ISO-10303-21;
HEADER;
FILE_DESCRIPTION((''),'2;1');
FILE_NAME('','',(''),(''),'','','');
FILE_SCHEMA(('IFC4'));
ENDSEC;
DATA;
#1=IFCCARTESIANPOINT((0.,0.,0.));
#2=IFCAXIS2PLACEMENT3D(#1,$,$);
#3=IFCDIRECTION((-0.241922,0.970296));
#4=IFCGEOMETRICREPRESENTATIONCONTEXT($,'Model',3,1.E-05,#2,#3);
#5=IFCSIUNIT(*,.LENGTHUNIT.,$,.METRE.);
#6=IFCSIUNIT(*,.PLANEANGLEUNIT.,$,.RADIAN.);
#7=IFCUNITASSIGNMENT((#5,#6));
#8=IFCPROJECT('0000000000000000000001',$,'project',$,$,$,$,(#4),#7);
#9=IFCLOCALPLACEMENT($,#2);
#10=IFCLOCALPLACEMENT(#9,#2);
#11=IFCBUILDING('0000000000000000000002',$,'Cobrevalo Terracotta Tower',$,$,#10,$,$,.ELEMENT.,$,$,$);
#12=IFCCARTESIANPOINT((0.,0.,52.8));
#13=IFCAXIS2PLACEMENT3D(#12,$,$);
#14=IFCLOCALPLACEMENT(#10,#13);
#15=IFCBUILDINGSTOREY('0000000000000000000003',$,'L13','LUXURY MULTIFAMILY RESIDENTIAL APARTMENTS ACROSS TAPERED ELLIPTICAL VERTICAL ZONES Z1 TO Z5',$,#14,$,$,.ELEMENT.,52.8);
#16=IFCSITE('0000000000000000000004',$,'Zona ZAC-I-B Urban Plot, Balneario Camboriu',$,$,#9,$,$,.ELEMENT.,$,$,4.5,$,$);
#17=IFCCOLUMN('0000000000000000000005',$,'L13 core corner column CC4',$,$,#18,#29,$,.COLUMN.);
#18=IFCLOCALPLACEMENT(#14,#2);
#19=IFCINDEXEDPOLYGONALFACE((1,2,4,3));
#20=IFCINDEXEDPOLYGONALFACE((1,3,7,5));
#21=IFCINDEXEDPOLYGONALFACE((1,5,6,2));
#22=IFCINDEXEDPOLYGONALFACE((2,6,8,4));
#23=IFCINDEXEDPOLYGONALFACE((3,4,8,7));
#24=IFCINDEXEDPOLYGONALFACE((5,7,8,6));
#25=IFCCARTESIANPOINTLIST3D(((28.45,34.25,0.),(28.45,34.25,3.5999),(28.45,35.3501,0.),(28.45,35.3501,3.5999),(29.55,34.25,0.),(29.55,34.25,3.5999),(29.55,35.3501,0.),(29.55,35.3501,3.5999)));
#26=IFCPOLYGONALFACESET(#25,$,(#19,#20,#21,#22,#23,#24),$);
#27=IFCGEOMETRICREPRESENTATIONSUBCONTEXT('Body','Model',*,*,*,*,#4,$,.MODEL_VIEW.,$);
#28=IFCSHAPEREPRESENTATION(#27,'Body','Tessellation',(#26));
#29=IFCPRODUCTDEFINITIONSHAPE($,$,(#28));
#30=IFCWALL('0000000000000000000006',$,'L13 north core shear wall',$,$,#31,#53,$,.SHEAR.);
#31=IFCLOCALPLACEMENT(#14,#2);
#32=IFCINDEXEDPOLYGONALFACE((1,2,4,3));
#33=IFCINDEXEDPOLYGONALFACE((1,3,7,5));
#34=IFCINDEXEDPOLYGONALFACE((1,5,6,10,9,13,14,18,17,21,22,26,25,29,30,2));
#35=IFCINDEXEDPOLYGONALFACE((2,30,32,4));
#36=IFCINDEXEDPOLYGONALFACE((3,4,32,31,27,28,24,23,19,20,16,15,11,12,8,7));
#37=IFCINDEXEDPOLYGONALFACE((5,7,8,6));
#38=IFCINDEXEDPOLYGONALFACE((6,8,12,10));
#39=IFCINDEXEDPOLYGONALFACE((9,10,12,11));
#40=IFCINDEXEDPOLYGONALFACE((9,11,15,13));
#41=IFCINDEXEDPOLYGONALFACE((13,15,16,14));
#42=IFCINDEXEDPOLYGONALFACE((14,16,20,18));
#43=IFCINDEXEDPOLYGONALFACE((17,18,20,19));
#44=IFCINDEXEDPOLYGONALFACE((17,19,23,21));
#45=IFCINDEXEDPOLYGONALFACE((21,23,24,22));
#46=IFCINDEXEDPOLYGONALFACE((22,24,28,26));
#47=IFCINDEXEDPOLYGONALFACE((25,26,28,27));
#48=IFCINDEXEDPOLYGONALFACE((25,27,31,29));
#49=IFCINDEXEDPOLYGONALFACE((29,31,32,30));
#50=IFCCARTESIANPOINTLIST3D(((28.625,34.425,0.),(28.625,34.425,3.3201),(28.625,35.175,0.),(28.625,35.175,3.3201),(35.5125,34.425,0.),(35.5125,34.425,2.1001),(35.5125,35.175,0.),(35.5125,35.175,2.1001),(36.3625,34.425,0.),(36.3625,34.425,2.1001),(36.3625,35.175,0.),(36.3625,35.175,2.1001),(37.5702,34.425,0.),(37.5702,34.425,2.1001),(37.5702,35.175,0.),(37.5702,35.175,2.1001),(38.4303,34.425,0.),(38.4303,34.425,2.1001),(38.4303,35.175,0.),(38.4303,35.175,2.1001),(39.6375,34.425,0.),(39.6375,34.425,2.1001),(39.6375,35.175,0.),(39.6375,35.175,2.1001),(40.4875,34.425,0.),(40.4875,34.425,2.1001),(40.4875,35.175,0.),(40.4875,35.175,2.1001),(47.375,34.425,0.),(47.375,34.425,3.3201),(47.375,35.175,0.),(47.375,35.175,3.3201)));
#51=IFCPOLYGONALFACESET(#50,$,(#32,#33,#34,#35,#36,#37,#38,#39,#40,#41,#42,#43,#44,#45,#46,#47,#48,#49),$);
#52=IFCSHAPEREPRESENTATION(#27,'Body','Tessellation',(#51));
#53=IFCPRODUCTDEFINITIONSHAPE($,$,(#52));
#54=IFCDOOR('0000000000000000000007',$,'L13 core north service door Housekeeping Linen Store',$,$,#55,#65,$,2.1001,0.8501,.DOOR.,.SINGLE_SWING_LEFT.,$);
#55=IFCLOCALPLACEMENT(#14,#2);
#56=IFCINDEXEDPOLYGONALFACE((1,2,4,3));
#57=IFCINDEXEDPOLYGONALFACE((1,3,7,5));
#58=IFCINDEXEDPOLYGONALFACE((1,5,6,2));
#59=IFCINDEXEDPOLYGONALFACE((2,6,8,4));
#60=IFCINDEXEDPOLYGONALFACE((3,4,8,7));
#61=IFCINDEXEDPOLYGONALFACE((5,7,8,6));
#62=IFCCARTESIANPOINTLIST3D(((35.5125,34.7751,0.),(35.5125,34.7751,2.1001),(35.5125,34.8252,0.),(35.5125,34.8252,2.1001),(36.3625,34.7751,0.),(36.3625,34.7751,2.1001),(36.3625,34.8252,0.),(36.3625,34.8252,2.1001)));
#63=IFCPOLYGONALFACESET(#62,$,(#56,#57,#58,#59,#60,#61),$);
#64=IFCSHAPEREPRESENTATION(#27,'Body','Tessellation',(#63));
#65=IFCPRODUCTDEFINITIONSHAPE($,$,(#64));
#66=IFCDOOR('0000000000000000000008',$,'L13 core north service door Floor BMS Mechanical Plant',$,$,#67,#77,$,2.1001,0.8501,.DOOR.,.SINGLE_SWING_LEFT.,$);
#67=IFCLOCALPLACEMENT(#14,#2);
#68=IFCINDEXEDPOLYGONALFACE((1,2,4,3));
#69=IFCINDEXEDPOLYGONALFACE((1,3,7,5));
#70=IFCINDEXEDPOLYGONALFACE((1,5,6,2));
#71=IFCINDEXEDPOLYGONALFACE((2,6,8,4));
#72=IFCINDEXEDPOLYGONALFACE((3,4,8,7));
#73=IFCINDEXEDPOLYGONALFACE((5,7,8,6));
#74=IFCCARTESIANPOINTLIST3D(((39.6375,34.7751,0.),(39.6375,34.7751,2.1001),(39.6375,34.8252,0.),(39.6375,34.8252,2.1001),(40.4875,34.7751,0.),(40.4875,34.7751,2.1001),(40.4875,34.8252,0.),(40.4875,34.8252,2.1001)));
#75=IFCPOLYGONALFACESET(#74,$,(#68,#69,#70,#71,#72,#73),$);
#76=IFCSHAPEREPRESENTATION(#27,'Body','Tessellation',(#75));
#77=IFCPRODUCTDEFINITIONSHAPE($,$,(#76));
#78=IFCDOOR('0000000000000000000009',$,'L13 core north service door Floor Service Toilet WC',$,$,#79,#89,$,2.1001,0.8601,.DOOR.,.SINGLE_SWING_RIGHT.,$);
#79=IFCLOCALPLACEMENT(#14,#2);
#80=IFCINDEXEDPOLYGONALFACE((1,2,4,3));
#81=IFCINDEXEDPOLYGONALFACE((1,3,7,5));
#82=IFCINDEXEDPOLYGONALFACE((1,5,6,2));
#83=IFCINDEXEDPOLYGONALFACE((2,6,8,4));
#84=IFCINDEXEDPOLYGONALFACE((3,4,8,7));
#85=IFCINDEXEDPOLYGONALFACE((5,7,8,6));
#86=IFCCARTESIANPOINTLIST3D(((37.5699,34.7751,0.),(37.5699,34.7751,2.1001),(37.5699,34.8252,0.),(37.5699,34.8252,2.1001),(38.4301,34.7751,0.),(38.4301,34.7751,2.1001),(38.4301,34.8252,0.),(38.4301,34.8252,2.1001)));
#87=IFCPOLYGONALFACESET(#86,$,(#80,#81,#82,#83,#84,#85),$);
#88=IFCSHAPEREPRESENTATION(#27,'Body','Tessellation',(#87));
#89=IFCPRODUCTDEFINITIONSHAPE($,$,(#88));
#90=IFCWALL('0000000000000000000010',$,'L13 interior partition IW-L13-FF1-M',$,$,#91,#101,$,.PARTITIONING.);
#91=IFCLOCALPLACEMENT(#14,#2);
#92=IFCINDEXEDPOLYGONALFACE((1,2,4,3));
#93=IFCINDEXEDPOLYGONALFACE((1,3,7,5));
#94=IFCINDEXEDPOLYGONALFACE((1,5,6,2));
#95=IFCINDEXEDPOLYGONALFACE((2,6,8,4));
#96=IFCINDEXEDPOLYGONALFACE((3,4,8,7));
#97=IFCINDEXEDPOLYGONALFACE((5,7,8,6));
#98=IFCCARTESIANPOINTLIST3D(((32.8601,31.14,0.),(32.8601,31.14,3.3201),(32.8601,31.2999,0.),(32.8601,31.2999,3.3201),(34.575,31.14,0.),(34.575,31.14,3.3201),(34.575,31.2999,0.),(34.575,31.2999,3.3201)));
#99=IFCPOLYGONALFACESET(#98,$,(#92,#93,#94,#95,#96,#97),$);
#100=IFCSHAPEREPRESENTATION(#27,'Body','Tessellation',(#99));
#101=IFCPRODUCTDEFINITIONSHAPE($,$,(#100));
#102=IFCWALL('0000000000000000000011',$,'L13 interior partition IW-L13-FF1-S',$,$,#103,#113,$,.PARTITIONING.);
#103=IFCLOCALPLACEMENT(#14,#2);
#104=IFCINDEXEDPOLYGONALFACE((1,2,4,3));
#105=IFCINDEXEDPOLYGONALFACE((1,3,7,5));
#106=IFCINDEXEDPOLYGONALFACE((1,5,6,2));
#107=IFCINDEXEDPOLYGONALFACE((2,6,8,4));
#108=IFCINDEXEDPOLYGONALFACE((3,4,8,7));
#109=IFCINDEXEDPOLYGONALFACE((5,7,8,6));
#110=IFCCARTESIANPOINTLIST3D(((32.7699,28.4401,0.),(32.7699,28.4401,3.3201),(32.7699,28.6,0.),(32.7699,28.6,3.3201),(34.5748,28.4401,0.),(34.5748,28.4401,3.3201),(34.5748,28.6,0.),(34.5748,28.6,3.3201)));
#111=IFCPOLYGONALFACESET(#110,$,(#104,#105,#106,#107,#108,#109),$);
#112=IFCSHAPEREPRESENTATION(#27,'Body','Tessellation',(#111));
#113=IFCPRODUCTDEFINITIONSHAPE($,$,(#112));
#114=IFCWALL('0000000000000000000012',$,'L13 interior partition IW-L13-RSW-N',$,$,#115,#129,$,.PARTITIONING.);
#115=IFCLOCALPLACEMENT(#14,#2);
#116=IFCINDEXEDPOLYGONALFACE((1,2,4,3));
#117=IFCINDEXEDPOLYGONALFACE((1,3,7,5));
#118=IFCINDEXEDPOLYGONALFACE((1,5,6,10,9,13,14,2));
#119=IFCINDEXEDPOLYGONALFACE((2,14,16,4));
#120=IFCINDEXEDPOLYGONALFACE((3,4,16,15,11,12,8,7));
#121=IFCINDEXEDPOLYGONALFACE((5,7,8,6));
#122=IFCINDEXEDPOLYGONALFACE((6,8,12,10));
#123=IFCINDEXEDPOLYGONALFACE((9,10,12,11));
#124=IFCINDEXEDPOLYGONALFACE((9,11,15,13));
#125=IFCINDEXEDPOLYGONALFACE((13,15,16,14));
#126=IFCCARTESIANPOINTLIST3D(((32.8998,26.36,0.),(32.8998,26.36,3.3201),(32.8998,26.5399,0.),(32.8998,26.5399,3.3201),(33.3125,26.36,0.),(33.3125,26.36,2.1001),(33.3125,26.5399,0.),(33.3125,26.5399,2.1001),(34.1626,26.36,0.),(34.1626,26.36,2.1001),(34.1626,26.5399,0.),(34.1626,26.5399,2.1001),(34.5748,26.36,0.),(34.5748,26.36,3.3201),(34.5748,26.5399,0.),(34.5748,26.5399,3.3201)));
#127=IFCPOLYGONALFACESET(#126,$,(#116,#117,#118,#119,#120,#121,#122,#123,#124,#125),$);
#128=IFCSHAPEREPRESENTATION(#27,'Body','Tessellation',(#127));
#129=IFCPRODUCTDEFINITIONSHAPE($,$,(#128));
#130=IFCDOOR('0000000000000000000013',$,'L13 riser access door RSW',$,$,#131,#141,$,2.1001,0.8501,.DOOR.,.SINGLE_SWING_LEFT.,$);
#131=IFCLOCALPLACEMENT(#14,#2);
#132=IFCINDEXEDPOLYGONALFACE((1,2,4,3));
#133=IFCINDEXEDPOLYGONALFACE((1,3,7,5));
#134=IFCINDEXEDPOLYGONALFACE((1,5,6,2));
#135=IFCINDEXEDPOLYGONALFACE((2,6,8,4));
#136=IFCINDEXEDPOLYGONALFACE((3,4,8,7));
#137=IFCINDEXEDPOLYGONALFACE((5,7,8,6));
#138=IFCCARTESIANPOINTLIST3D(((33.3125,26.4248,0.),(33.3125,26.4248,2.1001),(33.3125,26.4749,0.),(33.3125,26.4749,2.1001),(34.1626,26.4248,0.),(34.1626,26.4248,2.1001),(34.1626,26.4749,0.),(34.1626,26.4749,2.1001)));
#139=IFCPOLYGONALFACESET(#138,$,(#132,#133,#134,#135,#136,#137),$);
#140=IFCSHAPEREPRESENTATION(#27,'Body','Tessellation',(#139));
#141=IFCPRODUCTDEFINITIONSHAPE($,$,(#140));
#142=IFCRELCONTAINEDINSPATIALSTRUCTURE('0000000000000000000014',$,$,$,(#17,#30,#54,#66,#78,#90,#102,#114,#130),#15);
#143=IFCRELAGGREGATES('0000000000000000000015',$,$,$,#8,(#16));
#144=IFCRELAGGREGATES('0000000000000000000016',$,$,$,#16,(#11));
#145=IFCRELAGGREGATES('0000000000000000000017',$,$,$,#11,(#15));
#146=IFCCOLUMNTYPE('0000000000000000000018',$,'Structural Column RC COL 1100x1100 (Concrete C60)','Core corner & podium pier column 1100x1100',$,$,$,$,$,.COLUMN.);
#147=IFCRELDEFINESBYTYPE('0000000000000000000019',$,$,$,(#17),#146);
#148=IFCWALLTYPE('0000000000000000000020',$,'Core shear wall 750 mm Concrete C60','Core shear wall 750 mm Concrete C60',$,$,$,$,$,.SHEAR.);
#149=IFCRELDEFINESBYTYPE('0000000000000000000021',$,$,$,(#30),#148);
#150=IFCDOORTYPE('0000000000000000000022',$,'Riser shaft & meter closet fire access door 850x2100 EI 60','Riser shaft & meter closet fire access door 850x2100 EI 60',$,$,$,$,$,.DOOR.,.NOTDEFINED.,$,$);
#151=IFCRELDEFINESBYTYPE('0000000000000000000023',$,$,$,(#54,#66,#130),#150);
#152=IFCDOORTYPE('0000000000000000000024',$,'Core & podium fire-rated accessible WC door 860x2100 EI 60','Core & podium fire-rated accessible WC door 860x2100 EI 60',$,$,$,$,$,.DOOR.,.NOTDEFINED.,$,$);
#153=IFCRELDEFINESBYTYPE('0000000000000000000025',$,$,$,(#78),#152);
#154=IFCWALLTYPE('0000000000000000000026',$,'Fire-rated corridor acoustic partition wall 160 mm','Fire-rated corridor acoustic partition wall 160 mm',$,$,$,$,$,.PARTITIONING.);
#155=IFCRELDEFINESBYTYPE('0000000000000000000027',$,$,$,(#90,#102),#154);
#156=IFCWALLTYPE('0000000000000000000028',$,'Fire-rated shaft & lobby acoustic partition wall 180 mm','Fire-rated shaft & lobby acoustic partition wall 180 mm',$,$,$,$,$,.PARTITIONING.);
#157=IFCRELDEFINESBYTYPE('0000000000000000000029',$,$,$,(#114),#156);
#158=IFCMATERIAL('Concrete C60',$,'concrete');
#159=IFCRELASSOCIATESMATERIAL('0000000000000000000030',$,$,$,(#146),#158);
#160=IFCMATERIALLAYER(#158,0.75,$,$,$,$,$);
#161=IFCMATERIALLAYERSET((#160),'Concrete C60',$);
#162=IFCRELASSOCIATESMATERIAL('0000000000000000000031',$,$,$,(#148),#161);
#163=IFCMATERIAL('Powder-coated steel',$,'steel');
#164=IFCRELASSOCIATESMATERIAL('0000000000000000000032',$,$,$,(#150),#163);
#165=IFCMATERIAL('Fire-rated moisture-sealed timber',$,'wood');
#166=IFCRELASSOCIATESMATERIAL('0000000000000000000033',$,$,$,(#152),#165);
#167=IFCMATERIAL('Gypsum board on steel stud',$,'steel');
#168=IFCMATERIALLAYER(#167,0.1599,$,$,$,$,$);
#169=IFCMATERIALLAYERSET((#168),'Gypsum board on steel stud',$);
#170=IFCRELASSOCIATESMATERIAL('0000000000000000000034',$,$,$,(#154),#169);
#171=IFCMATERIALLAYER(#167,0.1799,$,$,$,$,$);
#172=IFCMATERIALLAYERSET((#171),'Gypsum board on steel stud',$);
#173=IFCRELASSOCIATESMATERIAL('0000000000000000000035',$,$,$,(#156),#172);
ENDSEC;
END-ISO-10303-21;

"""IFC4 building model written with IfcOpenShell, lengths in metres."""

from ifc_helpers import new_model, si_unit, direction, frame, frame_2d, origin, origin_2d, place, context, subcontext, project, spatial, rectangle, extrude, source, transform, mapped, material, layer, layer_set, material_profile, profile_set, type_object, element, fill, save


model = new_model("IFC4")

# Units and contexts
model_context = context("Model", 3, precision=1e-05, world=origin(), true_north=direction((-0.241922, 0.970296)))
body_context = subcontext(model_context, "Body", "Model", "MODEL_VIEW")
ifc_project = project(units=[si_unit("LENGTHUNIT", "METRE"), si_unit("PLANEANGLEUNIT", "RADIAN")], contexts=[model_context])

# Site, building, storey
site_placement = place(None, origin())
site = spatial("IfcSite", under=ifc_project, at=site_placement, Name="Zona ZAC-I-B Urban Plot, Balneario Camboriu", CompositionType="ELEMENT", RefElevation=4.5)
building_placement = place(site_placement, origin())
building = spatial("IfcBuilding", under=site, at=building_placement, Name="Cobrevalo Terracotta Tower", CompositionType="ELEMENT")
storey_placement = place(building_placement, frame((0.0, 0.0, 52.8)))
storey = spatial("IfcBuildingStorey", under=building, at=storey_placement, Name="L13", Description="LUXURY MULTIFAMILY RESIDENTIAL APARTMENTS ACROSS TAPERED ELLIPTICAL VERTICAL ZONES Z1 TO Z5", CompositionType="ELEMENT", Elevation=52.8)

# Column
ifc_material_1 = material(Name="Concrete C60", Category="concrete")
ifc_material_profile = material_profile(ifc_material_1, rectangle(XDim=1.1001, YDim=1.1001, at=origin_2d()), Name="RC COL 1100x1100")
ifc_profile_set = profile_set([ifc_material_profile], Name="Concrete C60")
column_type = type_object("IfcColumnType", Name="Structural Column RC COL 1100x1100 (Concrete C60)", Description="Core corner & podium pier column 1100x1100", PredefinedType="COLUMN", material=ifc_profile_set)
column_placement = place(storey_placement, frame((29.0, 34.8, 0.0), z_axis=(0.0, 0.0, 1.0), x_axis=(1.0, 0.0, 0.0)))
element("IfcColumn", 1, at=column_placement, inside=storey, type_object=column_type, Name="L13 core corner column CC4", PredefinedType="COLUMN", context=body_context, shape_type="SweptSolid", body=[
    extrude(rectangle(XDim=1.1001, YDim=1.1001, at=origin_2d()), origin(), (0.0, 0.0, 1.0), 3.5999),
])

# Wall, openings, doors
ifc_layer_1 = layer(ifc_material_1, 0.75)
ifc_layer_set_1 = layer_set([ifc_layer_1], Name="Concrete C60")
wall_type_1 = type_object("IfcWallType", Name="Core shear wall 750 mm Concrete C60", Description="Core shear wall 750 mm Concrete C60", PredefinedType="SHEAR", material=ifc_layer_set_1)
wall_1_placement = place(storey_placement, frame((28.625, 34.8, 0.0), z_axis=(0.0, 0.0, 1.0), x_axis=(1.0, 0.0, 0.0)))
wall_1 = element("IfcWall", 2, at=wall_1_placement, inside=storey, type_object=wall_type_1, Name="L13 north core shear wall", PredefinedType="SHEAR", context=body_context, shape_type="SweptSolid", body=[
    extrude(rectangle(XDim=18.75, YDim=0.75, at=frame_2d((9.375, 0.0))), origin(), (0.0, 0.0, 1.0), 3.3201),
])
opening_1_placement = place(wall_1_placement, frame((6.8875, 0.0, 0.0)))
opening_1 = element("IfcOpeningElement", 3, at=opening_1_placement, cuts=wall_1, PredefinedType="OPENING", context=body_context, shape_type="SweptSolid", body=[
    extrude(rectangle(XDim=0.8501, YDim=2.1001, at=frame_2d((0.425, 1.05))), frame((0.0, 0.385, 0.0), z_axis=(0.0, -1.0, 0.0), x_axis=(1.0, 0.0, 0.0)), (0.0, 0.0, 1.0), 0.77),
])
opening_2_placement = place(wall_1_placement, frame((8.9451, 0.0, 0.0)))
opening_2 = element("IfcOpeningElement", 4, at=opening_2_placement, cuts=wall_1, PredefinedType="OPENING", context=body_context, shape_type="SweptSolid", body=[
    extrude(rectangle(XDim=0.8601, YDim=2.1001, at=frame_2d((0.4302, 1.05))), frame((0.0, 0.385, 0.0), z_axis=(0.0, -1.0, 0.0), x_axis=(1.0, 0.0, 0.0)), (0.0, 0.0, 1.0), 0.77),
])
opening_3_placement = place(wall_1_placement, frame((11.0125, 0.0, 0.0)))
opening_3 = element("IfcOpeningElement", 5, at=opening_3_placement, cuts=wall_1, PredefinedType="OPENING", context=body_context, shape_type="SweptSolid", body=[
    extrude(rectangle(XDim=0.8501, YDim=2.1001, at=frame_2d((0.425, 1.05))), frame((0.0, 0.385, 0.0), z_axis=(0.0, -1.0, 0.0), x_axis=(1.0, 0.0, 0.0)), (0.0, 0.0, 1.0), 0.77),
])
ifc_material_2 = material(Name="Powder-coated steel", Category="steel")
door_type_1 = type_object("IfcDoorType", Name="Riser shaft & meter closet fire access door 850x2100 EI 60", Description="Riser shaft & meter closet fire access door 850x2100 EI 60", OperationType="NOTDEFINED", PredefinedType="DOOR", material=ifc_material_2)
shared_shape_1 = source(origin(), body_context, "Body", "SweptSolid", [
    extrude(rectangle(XDim=0.8501, YDim=2.1001, at=frame_2d((0.425, 1.05))), frame((0.0, 0.0249, 0.0), z_axis=(0.0, -1.0, 0.0), x_axis=(1.0, 0.0, 0.0)), (0.0, 0.0, 1.0), 0.05),
])
door_1_placement = place(opening_1_placement, frame((0.8501, 0.0, 0.0), z_axis=(0.0, 0.0, 1.0), x_axis=(-1.0, 0.0, 0.0)))
door_1 = element("IfcDoor", 6, at=door_1_placement, inside=storey, type_object=door_type_1, Name="L13 core north service door Housekeeping Linen Store", OperationType="SINGLE_SWING_LEFT", OverallHeight=2.1001, OverallWidth=0.8501, PredefinedType="DOOR", context=body_context, shape_type="MappedRepresentation", body=[
    mapped(shared_shape_1, transform((0.0, 0.0, 0.0), scale=1.0)),
])
fill(opening_1, door_1)
door_2_placement = place(opening_3_placement, frame((0.8501, 0.0, 0.0), z_axis=(0.0, 0.0, 1.0), x_axis=(-1.0, 0.0, 0.0)))
door_2 = element("IfcDoor", 7, at=door_2_placement, inside=storey, type_object=door_type_1, Name="L13 core north service door Floor BMS Mechanical Plant", OperationType="SINGLE_SWING_LEFT", OverallHeight=2.1001, OverallWidth=0.8501, PredefinedType="DOOR", context=body_context, shape_type="MappedRepresentation", body=[
    mapped(shared_shape_1, transform((0.0, 0.0, 0.0), scale=1.0)),
])
fill(opening_3, door_2)
ifc_material_3 = material(Name="Fire-rated moisture-sealed timber", Category="wood")
door_type_2 = type_object("IfcDoorType", Name="Core & podium fire-rated accessible WC door 860x2100 EI 60", Description="Core & podium fire-rated accessible WC door 860x2100 EI 60", OperationType="NOTDEFINED", PredefinedType="DOOR", material=ifc_material_3)
shared_shape_2 = source(origin(), body_context, "Body", "SweptSolid", [
    extrude(rectangle(XDim=0.8601, YDim=2.1001, at=frame_2d((0.4302, 1.05))), frame((0.0, 0.0249, 0.0), z_axis=(0.0, -1.0, 0.0), x_axis=(1.0, 0.0, 0.0)), (0.0, 0.0, 1.0), 0.05),
])
door_3_placement = place(opening_2_placement, frame((0.8601, 0.0, 0.0), z_axis=(0.0, 0.0, 1.0), x_axis=(-1.0, 0.0, 0.0)))
door_3 = element("IfcDoor", 8, at=door_3_placement, inside=storey, type_object=door_type_2, Name="L13 core north service door Floor Service Toilet WC", OperationType="SINGLE_SWING_RIGHT", OverallHeight=2.1001, OverallWidth=0.8601, PredefinedType="DOOR", context=body_context, shape_type="MappedRepresentation", body=[
    mapped(shared_shape_2, transform((0.0, 0.0, 0.0), scale=1.0)),
])
fill(opening_2, door_3)

# Walls
ifc_material_4 = material(Name="Gypsum board on steel stud", Category="steel")
ifc_layer_2 = layer(ifc_material_4, 0.1599)
ifc_layer_set_2 = layer_set([ifc_layer_2], Name="Gypsum board on steel stud")
wall_type_2 = type_object("IfcWallType", Name="Fire-rated corridor acoustic partition wall 160 mm", Description="Fire-rated corridor acoustic partition wall 160 mm", PredefinedType="PARTITIONING", material=ifc_layer_set_2)
wall_2_placement = place(storey_placement, frame((32.8601, 31.22, 0.0), z_axis=(0.0, 0.0, 1.0), x_axis=(1.0, 0.0, 0.0)))
element("IfcWall", 9, at=wall_2_placement, inside=storey, type_object=wall_type_2, Name="L13 interior partition IW-L13-FF1-M", PredefinedType="PARTITIONING", context=body_context, shape_type="SweptSolid", body=[
    extrude(rectangle(XDim=1.7148, YDim=0.1599, at=frame_2d((0.8574, 0.0))), origin(), (0.0, 0.0, 1.0), 3.3201),
])
wall_3_placement = place(storey_placement, frame((32.77, 28.52, 0.0), z_axis=(0.0, 0.0, 1.0), x_axis=(1.0, 0.0, 0.0)))
element("IfcWall", 10, at=wall_3_placement, inside=storey, type_object=wall_type_2, Name="L13 interior partition IW-L13-FF1-S", PredefinedType="PARTITIONING", context=body_context, shape_type="SweptSolid", body=[
    extrude(rectangle(XDim=1.8049, YDim=0.1599, at=frame_2d((0.9023, 0.0))), origin(), (0.0, 0.0, 1.0), 3.3201),
])

# Wall, opening, door
ifc_layer_3 = layer(ifc_material_4, 0.1799)
ifc_layer_set_3 = layer_set([ifc_layer_3], Name="Gypsum board on steel stud")
wall_type_3 = type_object("IfcWallType", Name="Fire-rated shaft & lobby acoustic partition wall 180 mm", Description="Fire-rated shaft & lobby acoustic partition wall 180 mm", PredefinedType="PARTITIONING", material=ifc_layer_set_3)
wall_4_placement = place(storey_placement, frame((32.8999, 26.45, 0.0), z_axis=(0.0, 0.0, 1.0), x_axis=(1.0, 0.0, 0.0)))
wall_4 = element("IfcWall", 11, at=wall_4_placement, inside=storey, type_object=wall_type_3, Name="L13 interior partition IW-L13-RSW-N", PredefinedType="PARTITIONING", context=body_context, shape_type="SweptSolid", body=[
    extrude(rectangle(XDim=1.675, YDim=0.1799, at=frame_2d((0.8374, 0.0))), origin(), (0.0, 0.0, 1.0), 3.3201),
])
opening_4_placement = place(wall_4_placement, frame((0.4126, 0.0, 0.0)))
opening_4 = element("IfcOpeningElement", 12, at=opening_4_placement, cuts=wall_4, PredefinedType="OPENING", context=body_context, shape_type="SweptSolid", body=[
    extrude(rectangle(XDim=0.8501, YDim=2.1001, at=frame_2d((0.425, 1.05))), frame((0.0, 0.1001, 0.0), z_axis=(0.0, -1.0, 0.0), x_axis=(1.0, 0.0, 0.0)), (0.0, 0.0, 1.0), 0.2),
])
door_4_placement = place(opening_4_placement, origin())
door_4 = element("IfcDoor", 13, at=door_4_placement, inside=storey, type_object=door_type_1, Name="L13 riser access door RSW", OperationType="SINGLE_SWING_LEFT", OverallHeight=2.1001, OverallWidth=0.8501, PredefinedType="DOOR", context=body_context, shape_type="MappedRepresentation", body=[
    mapped(shared_shape_1, transform((0.0, 0.0, 0.0), scale=1.0)),
])
fill(opening_4, door_4)

save(model, "model.ifc")
